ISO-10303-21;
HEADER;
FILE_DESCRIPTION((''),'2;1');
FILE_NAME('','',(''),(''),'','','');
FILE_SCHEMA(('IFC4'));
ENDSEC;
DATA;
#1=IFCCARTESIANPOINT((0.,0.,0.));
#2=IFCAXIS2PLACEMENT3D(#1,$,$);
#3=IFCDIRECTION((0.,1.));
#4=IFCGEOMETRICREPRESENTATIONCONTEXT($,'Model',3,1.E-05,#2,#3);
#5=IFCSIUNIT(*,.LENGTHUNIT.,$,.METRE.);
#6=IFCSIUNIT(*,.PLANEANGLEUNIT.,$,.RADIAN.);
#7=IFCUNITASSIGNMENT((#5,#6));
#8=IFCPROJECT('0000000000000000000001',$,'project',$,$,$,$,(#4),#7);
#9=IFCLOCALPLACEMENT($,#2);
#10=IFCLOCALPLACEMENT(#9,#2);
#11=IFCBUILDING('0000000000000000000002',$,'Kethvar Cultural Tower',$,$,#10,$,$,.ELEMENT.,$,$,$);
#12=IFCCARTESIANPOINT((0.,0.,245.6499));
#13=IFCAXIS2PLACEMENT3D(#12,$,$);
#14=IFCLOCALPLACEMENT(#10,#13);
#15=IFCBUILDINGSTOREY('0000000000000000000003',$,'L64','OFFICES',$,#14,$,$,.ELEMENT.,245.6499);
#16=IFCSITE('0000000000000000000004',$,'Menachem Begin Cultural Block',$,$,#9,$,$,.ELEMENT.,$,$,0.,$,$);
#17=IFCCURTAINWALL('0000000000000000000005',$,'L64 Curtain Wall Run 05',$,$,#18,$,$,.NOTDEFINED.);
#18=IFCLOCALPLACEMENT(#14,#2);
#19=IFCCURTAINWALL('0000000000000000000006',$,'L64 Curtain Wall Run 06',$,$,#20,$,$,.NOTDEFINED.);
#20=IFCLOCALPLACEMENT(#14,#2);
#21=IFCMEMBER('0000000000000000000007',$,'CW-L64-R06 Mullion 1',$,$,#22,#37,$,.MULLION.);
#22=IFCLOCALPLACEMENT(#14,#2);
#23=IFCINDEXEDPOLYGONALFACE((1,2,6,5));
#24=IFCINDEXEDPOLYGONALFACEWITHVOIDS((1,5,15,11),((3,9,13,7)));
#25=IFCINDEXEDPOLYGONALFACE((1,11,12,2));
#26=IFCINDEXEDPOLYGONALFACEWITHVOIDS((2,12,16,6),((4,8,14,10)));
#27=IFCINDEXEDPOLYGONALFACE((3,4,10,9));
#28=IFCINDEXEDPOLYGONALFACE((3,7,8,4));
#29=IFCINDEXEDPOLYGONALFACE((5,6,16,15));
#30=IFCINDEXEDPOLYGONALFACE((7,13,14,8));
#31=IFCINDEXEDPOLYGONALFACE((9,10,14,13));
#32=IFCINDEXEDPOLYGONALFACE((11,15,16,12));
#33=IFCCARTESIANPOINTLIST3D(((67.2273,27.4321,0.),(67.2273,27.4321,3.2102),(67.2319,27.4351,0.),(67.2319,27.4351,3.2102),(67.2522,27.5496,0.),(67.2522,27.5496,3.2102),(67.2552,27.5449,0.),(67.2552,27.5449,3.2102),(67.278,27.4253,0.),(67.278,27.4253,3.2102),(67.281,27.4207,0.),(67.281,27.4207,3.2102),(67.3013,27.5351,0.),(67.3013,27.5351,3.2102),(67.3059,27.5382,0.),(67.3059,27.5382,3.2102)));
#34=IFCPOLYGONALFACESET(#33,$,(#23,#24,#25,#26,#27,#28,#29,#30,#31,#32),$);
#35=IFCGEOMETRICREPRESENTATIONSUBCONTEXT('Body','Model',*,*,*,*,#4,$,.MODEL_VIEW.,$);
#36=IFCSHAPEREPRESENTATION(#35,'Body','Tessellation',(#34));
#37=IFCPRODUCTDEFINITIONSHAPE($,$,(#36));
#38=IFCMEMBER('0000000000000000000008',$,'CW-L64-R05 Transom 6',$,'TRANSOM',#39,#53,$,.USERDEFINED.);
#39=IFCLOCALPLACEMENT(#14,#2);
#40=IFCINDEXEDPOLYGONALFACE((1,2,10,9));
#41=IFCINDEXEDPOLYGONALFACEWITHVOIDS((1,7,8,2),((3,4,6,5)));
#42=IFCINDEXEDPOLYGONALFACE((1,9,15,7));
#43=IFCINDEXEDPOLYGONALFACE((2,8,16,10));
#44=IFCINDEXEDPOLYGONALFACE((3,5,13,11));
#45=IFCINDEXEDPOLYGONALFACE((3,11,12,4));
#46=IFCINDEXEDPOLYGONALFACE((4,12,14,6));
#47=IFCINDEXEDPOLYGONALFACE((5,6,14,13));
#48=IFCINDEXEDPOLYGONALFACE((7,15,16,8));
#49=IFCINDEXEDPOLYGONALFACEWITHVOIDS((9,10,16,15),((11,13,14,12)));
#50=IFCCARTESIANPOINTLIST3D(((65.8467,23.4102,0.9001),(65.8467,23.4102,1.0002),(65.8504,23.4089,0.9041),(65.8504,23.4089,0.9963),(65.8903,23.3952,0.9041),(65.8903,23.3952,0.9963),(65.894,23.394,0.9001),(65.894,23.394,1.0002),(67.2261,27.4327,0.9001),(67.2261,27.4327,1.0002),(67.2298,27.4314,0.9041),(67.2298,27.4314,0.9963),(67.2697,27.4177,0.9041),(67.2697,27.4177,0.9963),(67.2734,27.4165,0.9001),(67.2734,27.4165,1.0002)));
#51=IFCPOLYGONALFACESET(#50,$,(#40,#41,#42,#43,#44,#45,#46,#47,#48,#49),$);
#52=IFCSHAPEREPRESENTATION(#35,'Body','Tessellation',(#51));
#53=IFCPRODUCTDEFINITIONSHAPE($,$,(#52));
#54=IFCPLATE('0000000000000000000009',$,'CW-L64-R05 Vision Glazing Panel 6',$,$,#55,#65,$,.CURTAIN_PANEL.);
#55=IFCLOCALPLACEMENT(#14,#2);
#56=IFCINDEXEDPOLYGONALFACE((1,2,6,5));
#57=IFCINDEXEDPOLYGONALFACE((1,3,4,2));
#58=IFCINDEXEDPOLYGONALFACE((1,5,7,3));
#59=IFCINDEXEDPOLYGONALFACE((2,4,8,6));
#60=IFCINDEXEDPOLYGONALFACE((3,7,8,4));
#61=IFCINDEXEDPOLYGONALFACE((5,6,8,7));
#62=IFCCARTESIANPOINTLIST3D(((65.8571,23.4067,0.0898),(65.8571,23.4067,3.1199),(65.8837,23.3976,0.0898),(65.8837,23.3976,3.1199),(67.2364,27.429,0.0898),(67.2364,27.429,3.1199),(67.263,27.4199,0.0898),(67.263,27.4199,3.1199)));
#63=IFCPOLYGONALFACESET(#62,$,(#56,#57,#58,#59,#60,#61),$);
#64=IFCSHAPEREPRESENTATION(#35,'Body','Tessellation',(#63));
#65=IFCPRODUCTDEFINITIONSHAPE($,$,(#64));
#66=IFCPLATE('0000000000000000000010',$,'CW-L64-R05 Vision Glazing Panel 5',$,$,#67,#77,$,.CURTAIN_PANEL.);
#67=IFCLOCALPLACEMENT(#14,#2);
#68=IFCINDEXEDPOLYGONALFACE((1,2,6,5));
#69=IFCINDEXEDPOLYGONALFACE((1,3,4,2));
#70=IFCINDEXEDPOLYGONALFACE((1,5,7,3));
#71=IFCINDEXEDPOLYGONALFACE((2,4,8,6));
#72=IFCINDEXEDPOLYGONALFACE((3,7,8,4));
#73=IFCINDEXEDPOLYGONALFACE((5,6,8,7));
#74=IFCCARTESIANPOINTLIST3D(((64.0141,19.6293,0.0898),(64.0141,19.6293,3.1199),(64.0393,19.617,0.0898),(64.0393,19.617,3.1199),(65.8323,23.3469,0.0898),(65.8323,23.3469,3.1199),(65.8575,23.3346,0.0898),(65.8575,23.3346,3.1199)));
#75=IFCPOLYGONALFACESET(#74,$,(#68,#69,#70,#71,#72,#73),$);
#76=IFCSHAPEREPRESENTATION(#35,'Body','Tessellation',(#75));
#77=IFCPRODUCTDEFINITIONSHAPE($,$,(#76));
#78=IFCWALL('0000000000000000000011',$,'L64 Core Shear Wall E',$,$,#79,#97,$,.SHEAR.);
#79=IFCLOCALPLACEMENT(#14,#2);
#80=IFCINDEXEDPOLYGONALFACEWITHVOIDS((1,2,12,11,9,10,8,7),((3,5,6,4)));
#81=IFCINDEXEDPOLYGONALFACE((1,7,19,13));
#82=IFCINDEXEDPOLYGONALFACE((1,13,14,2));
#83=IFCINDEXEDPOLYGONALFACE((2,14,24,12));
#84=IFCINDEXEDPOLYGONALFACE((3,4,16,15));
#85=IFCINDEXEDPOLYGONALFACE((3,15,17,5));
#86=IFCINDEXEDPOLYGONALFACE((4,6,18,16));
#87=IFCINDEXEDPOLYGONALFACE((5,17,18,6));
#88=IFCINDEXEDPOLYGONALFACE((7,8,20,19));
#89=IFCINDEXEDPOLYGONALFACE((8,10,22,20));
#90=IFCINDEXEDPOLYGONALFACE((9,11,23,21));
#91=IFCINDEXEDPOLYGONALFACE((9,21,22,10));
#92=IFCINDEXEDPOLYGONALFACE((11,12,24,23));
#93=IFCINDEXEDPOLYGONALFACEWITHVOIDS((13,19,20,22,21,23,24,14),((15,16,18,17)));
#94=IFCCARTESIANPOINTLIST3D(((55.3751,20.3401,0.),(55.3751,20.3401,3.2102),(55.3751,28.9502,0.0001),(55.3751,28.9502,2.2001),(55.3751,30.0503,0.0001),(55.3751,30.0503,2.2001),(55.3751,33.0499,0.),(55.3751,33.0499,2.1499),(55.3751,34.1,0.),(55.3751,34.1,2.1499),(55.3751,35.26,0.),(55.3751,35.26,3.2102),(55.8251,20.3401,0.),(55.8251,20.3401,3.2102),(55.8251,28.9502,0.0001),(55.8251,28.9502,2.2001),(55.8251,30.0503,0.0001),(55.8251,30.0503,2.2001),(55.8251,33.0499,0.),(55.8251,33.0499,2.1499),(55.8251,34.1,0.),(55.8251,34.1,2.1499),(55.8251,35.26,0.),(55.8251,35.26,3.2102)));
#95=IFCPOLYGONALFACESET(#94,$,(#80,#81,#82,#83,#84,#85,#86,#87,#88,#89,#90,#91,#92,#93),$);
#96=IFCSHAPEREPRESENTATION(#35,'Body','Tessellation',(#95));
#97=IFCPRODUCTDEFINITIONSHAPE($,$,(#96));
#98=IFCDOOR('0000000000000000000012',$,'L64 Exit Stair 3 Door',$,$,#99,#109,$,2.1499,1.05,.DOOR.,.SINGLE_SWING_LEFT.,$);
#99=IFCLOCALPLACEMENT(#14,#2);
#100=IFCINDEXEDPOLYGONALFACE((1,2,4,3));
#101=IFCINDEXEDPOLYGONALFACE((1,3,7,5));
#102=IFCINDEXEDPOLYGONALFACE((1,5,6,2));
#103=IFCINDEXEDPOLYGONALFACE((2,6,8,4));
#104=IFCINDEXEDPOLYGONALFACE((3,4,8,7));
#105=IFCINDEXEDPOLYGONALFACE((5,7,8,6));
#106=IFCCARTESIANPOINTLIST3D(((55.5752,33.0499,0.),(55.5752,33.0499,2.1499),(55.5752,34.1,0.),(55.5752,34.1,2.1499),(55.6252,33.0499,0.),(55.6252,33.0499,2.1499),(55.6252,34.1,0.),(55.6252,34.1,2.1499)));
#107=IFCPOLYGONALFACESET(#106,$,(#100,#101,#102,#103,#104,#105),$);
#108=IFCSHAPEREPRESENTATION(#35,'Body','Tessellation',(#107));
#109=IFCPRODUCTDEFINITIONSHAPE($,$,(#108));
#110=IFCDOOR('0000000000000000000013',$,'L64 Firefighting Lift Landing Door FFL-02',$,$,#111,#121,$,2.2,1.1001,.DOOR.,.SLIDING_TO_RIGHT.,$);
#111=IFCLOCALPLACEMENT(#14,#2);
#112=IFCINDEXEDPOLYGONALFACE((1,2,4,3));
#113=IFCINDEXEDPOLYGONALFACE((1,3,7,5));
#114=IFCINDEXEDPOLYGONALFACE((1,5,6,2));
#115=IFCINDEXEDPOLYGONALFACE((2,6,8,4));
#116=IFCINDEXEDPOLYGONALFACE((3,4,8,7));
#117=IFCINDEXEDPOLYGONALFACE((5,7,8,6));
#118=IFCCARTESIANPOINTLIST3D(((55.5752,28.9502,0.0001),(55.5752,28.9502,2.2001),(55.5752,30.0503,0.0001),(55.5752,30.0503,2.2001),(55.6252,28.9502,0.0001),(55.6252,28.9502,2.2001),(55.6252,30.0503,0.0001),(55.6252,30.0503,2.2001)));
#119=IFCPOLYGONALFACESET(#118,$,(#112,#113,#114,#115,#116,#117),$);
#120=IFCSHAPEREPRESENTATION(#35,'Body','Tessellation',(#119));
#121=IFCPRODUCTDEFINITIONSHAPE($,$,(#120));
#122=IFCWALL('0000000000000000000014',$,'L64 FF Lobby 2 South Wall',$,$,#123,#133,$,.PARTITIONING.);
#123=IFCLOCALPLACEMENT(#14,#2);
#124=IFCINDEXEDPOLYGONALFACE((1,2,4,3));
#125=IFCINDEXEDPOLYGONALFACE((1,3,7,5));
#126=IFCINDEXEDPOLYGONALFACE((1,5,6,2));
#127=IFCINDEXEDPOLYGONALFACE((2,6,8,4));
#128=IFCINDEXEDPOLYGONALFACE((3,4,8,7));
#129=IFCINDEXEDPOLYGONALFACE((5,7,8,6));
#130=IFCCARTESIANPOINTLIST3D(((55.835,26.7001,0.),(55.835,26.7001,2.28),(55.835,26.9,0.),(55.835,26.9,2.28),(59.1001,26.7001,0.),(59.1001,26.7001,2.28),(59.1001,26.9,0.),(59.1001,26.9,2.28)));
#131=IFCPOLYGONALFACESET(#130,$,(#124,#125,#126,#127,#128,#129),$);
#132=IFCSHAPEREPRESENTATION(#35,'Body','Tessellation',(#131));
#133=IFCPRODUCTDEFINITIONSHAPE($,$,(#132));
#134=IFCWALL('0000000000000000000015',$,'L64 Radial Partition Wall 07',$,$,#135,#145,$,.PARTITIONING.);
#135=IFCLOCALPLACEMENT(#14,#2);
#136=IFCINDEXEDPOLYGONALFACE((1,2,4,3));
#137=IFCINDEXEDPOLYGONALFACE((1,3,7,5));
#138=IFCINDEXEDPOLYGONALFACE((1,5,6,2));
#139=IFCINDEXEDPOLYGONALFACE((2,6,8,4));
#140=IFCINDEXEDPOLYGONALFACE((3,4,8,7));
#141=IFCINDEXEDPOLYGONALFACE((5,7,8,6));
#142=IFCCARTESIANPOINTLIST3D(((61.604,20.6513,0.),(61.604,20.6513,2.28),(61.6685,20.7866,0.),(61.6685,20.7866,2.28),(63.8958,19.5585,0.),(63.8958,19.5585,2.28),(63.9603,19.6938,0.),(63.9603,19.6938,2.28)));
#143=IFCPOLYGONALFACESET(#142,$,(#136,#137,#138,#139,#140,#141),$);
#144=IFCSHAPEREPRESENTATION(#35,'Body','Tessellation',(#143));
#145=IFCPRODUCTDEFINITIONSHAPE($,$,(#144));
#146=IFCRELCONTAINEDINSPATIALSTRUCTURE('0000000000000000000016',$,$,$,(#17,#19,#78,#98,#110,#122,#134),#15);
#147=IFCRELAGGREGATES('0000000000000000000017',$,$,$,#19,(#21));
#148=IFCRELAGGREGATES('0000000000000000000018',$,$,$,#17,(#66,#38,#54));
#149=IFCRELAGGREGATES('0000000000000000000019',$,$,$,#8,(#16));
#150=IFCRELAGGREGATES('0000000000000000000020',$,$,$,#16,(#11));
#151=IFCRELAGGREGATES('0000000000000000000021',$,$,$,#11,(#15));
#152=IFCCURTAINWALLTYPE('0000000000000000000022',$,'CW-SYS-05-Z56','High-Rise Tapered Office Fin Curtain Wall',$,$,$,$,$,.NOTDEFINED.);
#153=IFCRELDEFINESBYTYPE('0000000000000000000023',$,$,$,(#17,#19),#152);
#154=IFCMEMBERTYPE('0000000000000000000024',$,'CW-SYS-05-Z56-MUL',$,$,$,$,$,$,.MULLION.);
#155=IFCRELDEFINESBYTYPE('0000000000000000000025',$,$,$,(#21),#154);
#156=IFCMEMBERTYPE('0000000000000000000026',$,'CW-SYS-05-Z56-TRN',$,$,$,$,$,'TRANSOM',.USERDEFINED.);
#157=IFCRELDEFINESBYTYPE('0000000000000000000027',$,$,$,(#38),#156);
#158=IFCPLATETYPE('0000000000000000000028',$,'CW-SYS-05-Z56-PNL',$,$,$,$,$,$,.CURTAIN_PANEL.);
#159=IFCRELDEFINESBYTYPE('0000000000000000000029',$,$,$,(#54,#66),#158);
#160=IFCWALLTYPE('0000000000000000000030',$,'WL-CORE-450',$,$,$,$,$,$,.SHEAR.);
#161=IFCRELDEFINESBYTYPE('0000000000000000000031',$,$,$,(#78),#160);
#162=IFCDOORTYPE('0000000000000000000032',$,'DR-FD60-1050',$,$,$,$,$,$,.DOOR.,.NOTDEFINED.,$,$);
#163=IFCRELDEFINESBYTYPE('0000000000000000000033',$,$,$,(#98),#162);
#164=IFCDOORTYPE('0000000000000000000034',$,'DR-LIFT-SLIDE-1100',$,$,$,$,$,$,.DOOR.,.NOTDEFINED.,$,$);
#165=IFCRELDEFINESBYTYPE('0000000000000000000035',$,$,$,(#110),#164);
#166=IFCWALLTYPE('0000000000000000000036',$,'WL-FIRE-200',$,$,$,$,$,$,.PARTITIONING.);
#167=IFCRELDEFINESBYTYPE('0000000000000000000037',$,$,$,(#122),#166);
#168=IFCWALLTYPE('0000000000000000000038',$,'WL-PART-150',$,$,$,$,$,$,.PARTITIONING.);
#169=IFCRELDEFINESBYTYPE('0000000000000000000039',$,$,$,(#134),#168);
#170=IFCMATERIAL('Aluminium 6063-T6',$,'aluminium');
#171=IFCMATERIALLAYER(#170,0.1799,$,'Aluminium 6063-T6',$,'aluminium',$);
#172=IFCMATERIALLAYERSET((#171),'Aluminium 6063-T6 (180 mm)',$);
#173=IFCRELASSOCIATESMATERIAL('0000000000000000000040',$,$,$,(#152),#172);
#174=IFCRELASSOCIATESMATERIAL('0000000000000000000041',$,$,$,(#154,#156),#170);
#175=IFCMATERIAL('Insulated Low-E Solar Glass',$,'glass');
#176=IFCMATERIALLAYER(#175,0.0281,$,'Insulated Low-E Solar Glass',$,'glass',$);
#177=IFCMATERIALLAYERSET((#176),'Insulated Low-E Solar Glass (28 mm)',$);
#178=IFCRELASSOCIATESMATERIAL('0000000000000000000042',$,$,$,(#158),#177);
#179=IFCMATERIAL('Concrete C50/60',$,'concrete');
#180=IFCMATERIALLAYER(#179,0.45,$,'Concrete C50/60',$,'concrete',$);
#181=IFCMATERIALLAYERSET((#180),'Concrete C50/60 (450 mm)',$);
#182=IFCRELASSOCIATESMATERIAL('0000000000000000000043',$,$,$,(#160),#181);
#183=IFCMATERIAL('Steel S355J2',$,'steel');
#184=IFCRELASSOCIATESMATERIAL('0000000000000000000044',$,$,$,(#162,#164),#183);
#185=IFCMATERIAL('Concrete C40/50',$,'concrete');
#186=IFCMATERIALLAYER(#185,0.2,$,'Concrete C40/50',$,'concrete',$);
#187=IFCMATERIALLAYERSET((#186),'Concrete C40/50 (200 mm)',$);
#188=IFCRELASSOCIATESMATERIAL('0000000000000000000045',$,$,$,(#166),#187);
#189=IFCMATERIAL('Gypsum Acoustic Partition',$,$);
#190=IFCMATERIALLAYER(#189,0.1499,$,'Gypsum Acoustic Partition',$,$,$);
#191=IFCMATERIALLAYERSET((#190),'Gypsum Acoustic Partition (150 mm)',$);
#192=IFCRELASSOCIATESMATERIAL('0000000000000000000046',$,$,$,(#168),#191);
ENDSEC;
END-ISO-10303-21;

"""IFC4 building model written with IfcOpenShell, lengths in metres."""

from ifc_helpers import new_model, si_unit, direction, frame, frame_2d, origin, origin_2d, place, context, subcontext, project, spatial, rectangle, hollow_rectangle, extrude, source, transform, mapped, material, layer, layer_set, material_profile, profile_set, type_object, element, fill, aggregate, save


model = new_model("IFC4")

# Units and contexts
model_context = context("Model", 3, precision=1e-05, world=origin(), true_north=direction((0.0, 1.0)))
body_context = subcontext(model_context, "Body", "Model", "MODEL_VIEW")
ifc_project = project(units=[si_unit("LENGTHUNIT", "METRE"), si_unit("PLANEANGLEUNIT", "RADIAN")], contexts=[model_context])

# Site, building, storey
site_placement = place(None, origin())
site = spatial("IfcSite", under=ifc_project, at=site_placement, Name="Menachem Begin Cultural Block", CompositionType="ELEMENT", RefElevation=0.0)
building_placement = place(site_placement, origin())
building = spatial("IfcBuilding", under=site, at=building_placement, Name="Kethvar Cultural Tower", CompositionType="ELEMENT")
storey_placement = place(building_placement, frame((0.0, 0.0, 245.6499)))
storey = spatial("IfcBuildingStorey", under=building, at=storey_placement, Name="L64", Description="OFFICES", CompositionType="ELEMENT", Elevation=245.6499)

# Shared definitions
ifc_material_1 = material(Name="Steel S355J2", Category="steel")

# Curtain wall
ifc_material_2 = material(Name="Aluminium 6063-T6", Category="aluminium")
ifc_layer_1 = layer(ifc_material_2, 0.1799, Name="Aluminium 6063-T6", Category="aluminium")
ifc_layer_set_1 = layer_set([ifc_layer_1], Name="Aluminium 6063-T6 (180 mm)")
curtain_wall_type = type_object("IfcCurtainWallType", Name="CW-SYS-05-Z56", Description="High-Rise Tapered Office Fin Curtain Wall", PredefinedType="NOTDEFINED", material=ifc_layer_set_1)
curtain_wall_1_placement = place(storey_placement, origin())
curtain_wall_1 = element("IfcCurtainWall", 1, at=curtain_wall_1_placement, inside=storey, type_object=curtain_wall_type, Name="L64 Curtain Wall Run 05", PredefinedType="NOTDEFINED")
ifc_material_profile_1 = material_profile(ifc_material_2, hollow_rectangle(XDim=0.0549, YDim=0.1201, WallThickness=0.0039, at=origin_2d()), Name="Aluminium 6063-T6 — RHS120x55x4")
ifc_profile_set_1 = profile_set([ifc_material_profile_1], Name="Aluminium 6063-T6 — RHS120x55x4")
member_type_1 = type_object("IfcMemberType", Name="CW-SYS-05-Z56-MUL", PredefinedType="MULLION", material=ifc_profile_set_1)
shared_shape_1 = source(origin(), body_context, "Body", "SweptSolid", [
    extrude(hollow_rectangle(XDim=0.0549, YDim=0.1201, WallThickness=0.0039, at=origin_2d()), origin(), (0.0, 0.0, 1.0), 3.2102),
])

# Curtain wall, member
curtain_wall_2_placement = place(storey_placement, origin())
curtain_wall_2 = element("IfcCurtainWall", 2, at=curtain_wall_2_placement, inside=storey, type_object=curtain_wall_type, Name="L64 Curtain Wall Run 06", PredefinedType="NOTDEFINED")
member_1_placement = place(storey_placement, frame((67.2666, 27.4851, 0.0), z_axis=(0.0, 0.0, 1.0), x_axis=(-0.978206, 0.207639, 0.0)))
member_1 = element("IfcMember", 3, at=member_1_placement, type_object=member_type_1, Name="CW-L64-R06 Mullion 1", PredefinedType="MULLION", context=body_context, shape_type="MappedRepresentation", body=[
    mapped(shared_shape_1, transform((0.0, 0.0, 0.0), scale=1.0)),
])
aggregate(curtain_wall_2, [member_1])

# Member
ifc_material_profile_2 = material_profile(ifc_material_2, hollow_rectangle(XDim=0.05, YDim=0.1001, WallThickness=0.0039, at=origin_2d()), Name="Aluminium 6063-T6 — RHS100x50x4")
ifc_profile_set_2 = profile_set([ifc_material_profile_2], Name="Aluminium 6063-T6 — RHS100x50x4")
member_type_2 = type_object("IfcMemberType", Name="CW-SYS-05-Z56-TRN", ElementType="TRANSOM", PredefinedType="USERDEFINED", material=ifc_profile_set_2)
shared_shape_2 = source(origin(), body_context, "Body", "SweptSolid", [
    extrude(hollow_rectangle(XDim=0.05, YDim=0.1001, WallThickness=0.0039, at=origin_2d()), origin(), (0.0, 0.0, 1.0), 4.2524),
])
member_2_placement = place(storey_placement, frame((65.8704, 23.4021, 0.9502), z_axis=(0.32438, 0.945927, 0.0), x_axis=(-0.945927, 0.32438, 0.0)))
member_2 = element("IfcMember", 4, at=member_2_placement, type_object=member_type_2, Name="CW-L64-R05 Transom 6", ObjectType="TRANSOM", PredefinedType="USERDEFINED", context=body_context, shape_type="MappedRepresentation", body=[
    mapped(shared_shape_2, transform((0.0, 0.0, 0.0), scale=1.0)),
])

# Plates
ifc_material_3 = material(Name="Insulated Low-E Solar Glass", Category="glass")
ifc_layer_2 = layer(ifc_material_3, 0.0281, Name="Insulated Low-E Solar Glass", Category="glass")
ifc_layer_set_2 = layer_set([ifc_layer_2], Name="Insulated Low-E Solar Glass (28 mm)")
plate_type = type_object("IfcPlateType", Name="CW-SYS-05-Z56-PNL", PredefinedType="CURTAIN_PANEL", material=ifc_layer_set_2)
shared_shape_3 = source(origin(), body_context, "Body", "SweptSolid", [
    extrude(rectangle(XDim=4.2522, YDim=0.0281, at=origin_2d()), origin(), (0.0, 0.0, 1.0), 3.03),
])
plate_1_placement = place(storey_placement, frame((66.5601, 25.4133, 0.0898), z_axis=(0.0, 0.0, 1.0), x_axis=(0.32438, 0.945927, 0.0)))
plate_1 = element("IfcPlate", 5, at=plate_1_placement, type_object=plate_type, Name="CW-L64-R05 Vision Glazing Panel 6", PredefinedType="CURTAIN_PANEL", context=body_context, shape_type="MappedRepresentation", body=[
    mapped(shared_shape_3, transform((0.0, 0.0, 0.0), scale=1.0)),
])
shared_shape_4 = source(origin(), body_context, "Body", "SweptSolid", [
    extrude(rectangle(XDim=4.1384, YDim=0.0281, at=origin_2d()), origin(), (0.0, 0.0, 1.0), 3.03),
])
plate_2_placement = place(storey_placement, frame((64.9358, 21.4819, 0.0898), z_axis=(0.0, 0.0, 1.0), x_axis=(0.439343, 0.898319, 0.0)))
plate_2 = element("IfcPlate", 6, at=plate_2_placement, type_object=plate_type, Name="CW-L64-R05 Vision Glazing Panel 5", PredefinedType="CURTAIN_PANEL", context=body_context, shape_type="MappedRepresentation", body=[
    mapped(shared_shape_4, transform((0.0, 0.0, 0.0), scale=1.0)),
])
aggregate(curtain_wall_1, [plate_2, member_2, plate_1])

# Wall, openings, doors
ifc_material_4 = material(Name="Concrete C50/60", Category="concrete")
ifc_layer_3 = layer(ifc_material_4, 0.45, Name="Concrete C50/60", Category="concrete")
ifc_layer_set_3 = layer_set([ifc_layer_3], Name="Concrete C50/60 (450 mm)")
wall_type_1 = type_object("IfcWallType", Name="WL-CORE-450", PredefinedType="SHEAR", material=ifc_layer_set_3)
wall_1_placement = place(storey_placement, frame((55.6001, 20.3401, 0.0), z_axis=(0.0, 0.0, 1.0), x_axis=(0.0, 1.0, 0.0)))
wall_1 = element("IfcWall", 7, at=wall_1_placement, inside=storey, type_object=wall_type_1, Name="L64 Core Shear Wall E", PredefinedType="SHEAR", context=body_context, shape_type="SweptSolid", body=[
    extrude(rectangle(XDim=14.9199, YDim=0.45, at=frame_2d((7.46, 0.0))), origin(), (0.0, 0.0, 1.0), 3.2102),
])
opening_1_placement = place(wall_1_placement, frame((12.71, 0.0, 0.0)))
opening_1 = element("IfcOpeningElement", 8, at=opening_1_placement, cuts=wall_1, PredefinedType="OPENING", context=body_context, shape_type="SweptSolid", body=[
    extrude(rectangle(XDim=1.05, YDim=2.1499, at=frame_2d((0.5249, 1.075))), frame((0.0, 0.2349, 0.0), z_axis=(0.0, -1.0, 0.0), x_axis=(1.0, 0.0, 0.0)), (0.0, 0.0, 1.0), 0.47),
])
opening_2_placement = place(wall_1_placement, frame((8.6101, 0.0, 0.0)))
opening_2 = element("IfcOpeningElement", 9, at=opening_2_placement, cuts=wall_1, PredefinedType="OPENING", context=body_context, shape_type="SweptSolid", body=[
    extrude(rectangle(XDim=1.1001, YDim=2.2, at=frame_2d((0.55, 1.1001))), frame((0.0, 0.2349, 0.0), z_axis=(0.0, -1.0, 0.0), x_axis=(1.0, 0.0, 0.0)), (0.0, 0.0, 1.0), 0.47),
])
door_type_1 = type_object("IfcDoorType", Name="DR-FD60-1050", OperationType="NOTDEFINED", PredefinedType="DOOR", material=ifc_material_1)
shared_shape_5 = source(origin(), body_context, "Body", "SweptSolid", [
    extrude(rectangle(XDim=1.05, YDim=2.1499, at=frame_2d((0.5249, 1.075))), frame((0.0, 0.0249, 0.0), z_axis=(0.0, -1.0, 0.0), x_axis=(1.0, 0.0, 0.0)), (0.0, 0.0, 1.0), 0.05),
])
door_1_placement = place(opening_1_placement, origin())
door_1 = element("IfcDoor", 10, at=door_1_placement, inside=storey, type_object=door_type_1, Name="L64 Exit Stair 3 Door", OperationType="SINGLE_SWING_LEFT", OverallHeight=2.1499, OverallWidth=1.05, PredefinedType="DOOR", context=body_context, shape_type="MappedRepresentation", body=[
    mapped(shared_shape_5, transform((0.0, 0.0, 0.0), scale=1.0)),
])
fill(opening_1, door_1)
door_type_2 = type_object("IfcDoorType", Name="DR-LIFT-SLIDE-1100", OperationType="NOTDEFINED", PredefinedType="DOOR", material=ifc_material_1)
shared_shape_6 = source(origin(), body_context, "Body", "SweptSolid", [
    extrude(rectangle(XDim=1.1001, YDim=2.2, at=frame_2d((0.55, 1.1001))), frame((0.0, 0.0249, 0.0), z_axis=(0.0, -1.0, 0.0), x_axis=(1.0, 0.0, 0.0)), (0.0, 0.0, 1.0), 0.05),
])
door_2_placement = place(opening_2_placement, origin())
door_2 = element("IfcDoor", 11, at=door_2_placement, inside=storey, type_object=door_type_2, Name="L64 Firefighting Lift Landing Door FFL-02", OperationType="SLIDING_TO_RIGHT", OverallHeight=2.2, OverallWidth=1.1001, PredefinedType="DOOR", context=body_context, shape_type="MappedRepresentation", body=[
    mapped(shared_shape_6, transform((0.0, 0.0, 0.0), scale=1.0)),
])
fill(opening_2, door_2)

# Shared definitions
ifc_material_5 = material(Name="Concrete C40/50", Category="concrete")
ifc_layer_4 = layer(ifc_material_5, 0.2, Name="Concrete C40/50", Category="concrete")
ifc_layer_set_4 = layer_set([ifc_layer_4], Name="Concrete C40/50 (200 mm)")
wall_type_2 = type_object("IfcWallType", Name="WL-FIRE-200", PredefinedType="PARTITIONING", material=ifc_layer_set_4)

# Walls
wall_2_placement = place(storey_placement, frame((55.835, 26.8, 0.0), z_axis=(0.0, 0.0, 1.0), x_axis=(1.0, 0.0, 0.0)))
element("IfcWall", 12, at=wall_2_placement, inside=storey, type_object=wall_type_2, Name="L64 FF Lobby 2 South Wall", PredefinedType="PARTITIONING", context=body_context, shape_type="SweptSolid", body=[
    extrude(rectangle(XDim=3.2651, YDim=0.2, at=frame_2d((1.6326, 0.0))), origin(), (0.0, 0.0, 1.0), 2.28),
])
ifc_material_6 = material(Name="Gypsum Acoustic Partition")
ifc_layer_5 = layer(ifc_material_6, 0.1499, Name="Gypsum Acoustic Partition")
ifc_layer_set_5 = layer_set([ifc_layer_5], Name="Gypsum Acoustic Partition (150 mm)")
wall_type_3 = type_object("IfcWallType", Name="WL-PART-150", PredefinedType="PARTITIONING", material=ifc_layer_set_5)
wall_3_placement = place(storey_placement, frame((61.6362, 20.719, 0.0), z_axis=(0.0, 0.0, 1.0), x_axis=(0.902636, -0.430404, 0.0)))
element("IfcWall", 13, at=wall_3_placement, inside=storey, type_object=wall_type_3, Name="L64 Radial Partition Wall 07", PredefinedType="PARTITIONING", context=body_context, shape_type="SweptSolid", body=[
    extrude(rectangle(XDim=2.5391, YDim=0.1499, at=frame_2d((1.2695, 0.0))), origin(), (0.0, 0.0, 1.0), 2.28),
])

save(model, "model.ifc")
